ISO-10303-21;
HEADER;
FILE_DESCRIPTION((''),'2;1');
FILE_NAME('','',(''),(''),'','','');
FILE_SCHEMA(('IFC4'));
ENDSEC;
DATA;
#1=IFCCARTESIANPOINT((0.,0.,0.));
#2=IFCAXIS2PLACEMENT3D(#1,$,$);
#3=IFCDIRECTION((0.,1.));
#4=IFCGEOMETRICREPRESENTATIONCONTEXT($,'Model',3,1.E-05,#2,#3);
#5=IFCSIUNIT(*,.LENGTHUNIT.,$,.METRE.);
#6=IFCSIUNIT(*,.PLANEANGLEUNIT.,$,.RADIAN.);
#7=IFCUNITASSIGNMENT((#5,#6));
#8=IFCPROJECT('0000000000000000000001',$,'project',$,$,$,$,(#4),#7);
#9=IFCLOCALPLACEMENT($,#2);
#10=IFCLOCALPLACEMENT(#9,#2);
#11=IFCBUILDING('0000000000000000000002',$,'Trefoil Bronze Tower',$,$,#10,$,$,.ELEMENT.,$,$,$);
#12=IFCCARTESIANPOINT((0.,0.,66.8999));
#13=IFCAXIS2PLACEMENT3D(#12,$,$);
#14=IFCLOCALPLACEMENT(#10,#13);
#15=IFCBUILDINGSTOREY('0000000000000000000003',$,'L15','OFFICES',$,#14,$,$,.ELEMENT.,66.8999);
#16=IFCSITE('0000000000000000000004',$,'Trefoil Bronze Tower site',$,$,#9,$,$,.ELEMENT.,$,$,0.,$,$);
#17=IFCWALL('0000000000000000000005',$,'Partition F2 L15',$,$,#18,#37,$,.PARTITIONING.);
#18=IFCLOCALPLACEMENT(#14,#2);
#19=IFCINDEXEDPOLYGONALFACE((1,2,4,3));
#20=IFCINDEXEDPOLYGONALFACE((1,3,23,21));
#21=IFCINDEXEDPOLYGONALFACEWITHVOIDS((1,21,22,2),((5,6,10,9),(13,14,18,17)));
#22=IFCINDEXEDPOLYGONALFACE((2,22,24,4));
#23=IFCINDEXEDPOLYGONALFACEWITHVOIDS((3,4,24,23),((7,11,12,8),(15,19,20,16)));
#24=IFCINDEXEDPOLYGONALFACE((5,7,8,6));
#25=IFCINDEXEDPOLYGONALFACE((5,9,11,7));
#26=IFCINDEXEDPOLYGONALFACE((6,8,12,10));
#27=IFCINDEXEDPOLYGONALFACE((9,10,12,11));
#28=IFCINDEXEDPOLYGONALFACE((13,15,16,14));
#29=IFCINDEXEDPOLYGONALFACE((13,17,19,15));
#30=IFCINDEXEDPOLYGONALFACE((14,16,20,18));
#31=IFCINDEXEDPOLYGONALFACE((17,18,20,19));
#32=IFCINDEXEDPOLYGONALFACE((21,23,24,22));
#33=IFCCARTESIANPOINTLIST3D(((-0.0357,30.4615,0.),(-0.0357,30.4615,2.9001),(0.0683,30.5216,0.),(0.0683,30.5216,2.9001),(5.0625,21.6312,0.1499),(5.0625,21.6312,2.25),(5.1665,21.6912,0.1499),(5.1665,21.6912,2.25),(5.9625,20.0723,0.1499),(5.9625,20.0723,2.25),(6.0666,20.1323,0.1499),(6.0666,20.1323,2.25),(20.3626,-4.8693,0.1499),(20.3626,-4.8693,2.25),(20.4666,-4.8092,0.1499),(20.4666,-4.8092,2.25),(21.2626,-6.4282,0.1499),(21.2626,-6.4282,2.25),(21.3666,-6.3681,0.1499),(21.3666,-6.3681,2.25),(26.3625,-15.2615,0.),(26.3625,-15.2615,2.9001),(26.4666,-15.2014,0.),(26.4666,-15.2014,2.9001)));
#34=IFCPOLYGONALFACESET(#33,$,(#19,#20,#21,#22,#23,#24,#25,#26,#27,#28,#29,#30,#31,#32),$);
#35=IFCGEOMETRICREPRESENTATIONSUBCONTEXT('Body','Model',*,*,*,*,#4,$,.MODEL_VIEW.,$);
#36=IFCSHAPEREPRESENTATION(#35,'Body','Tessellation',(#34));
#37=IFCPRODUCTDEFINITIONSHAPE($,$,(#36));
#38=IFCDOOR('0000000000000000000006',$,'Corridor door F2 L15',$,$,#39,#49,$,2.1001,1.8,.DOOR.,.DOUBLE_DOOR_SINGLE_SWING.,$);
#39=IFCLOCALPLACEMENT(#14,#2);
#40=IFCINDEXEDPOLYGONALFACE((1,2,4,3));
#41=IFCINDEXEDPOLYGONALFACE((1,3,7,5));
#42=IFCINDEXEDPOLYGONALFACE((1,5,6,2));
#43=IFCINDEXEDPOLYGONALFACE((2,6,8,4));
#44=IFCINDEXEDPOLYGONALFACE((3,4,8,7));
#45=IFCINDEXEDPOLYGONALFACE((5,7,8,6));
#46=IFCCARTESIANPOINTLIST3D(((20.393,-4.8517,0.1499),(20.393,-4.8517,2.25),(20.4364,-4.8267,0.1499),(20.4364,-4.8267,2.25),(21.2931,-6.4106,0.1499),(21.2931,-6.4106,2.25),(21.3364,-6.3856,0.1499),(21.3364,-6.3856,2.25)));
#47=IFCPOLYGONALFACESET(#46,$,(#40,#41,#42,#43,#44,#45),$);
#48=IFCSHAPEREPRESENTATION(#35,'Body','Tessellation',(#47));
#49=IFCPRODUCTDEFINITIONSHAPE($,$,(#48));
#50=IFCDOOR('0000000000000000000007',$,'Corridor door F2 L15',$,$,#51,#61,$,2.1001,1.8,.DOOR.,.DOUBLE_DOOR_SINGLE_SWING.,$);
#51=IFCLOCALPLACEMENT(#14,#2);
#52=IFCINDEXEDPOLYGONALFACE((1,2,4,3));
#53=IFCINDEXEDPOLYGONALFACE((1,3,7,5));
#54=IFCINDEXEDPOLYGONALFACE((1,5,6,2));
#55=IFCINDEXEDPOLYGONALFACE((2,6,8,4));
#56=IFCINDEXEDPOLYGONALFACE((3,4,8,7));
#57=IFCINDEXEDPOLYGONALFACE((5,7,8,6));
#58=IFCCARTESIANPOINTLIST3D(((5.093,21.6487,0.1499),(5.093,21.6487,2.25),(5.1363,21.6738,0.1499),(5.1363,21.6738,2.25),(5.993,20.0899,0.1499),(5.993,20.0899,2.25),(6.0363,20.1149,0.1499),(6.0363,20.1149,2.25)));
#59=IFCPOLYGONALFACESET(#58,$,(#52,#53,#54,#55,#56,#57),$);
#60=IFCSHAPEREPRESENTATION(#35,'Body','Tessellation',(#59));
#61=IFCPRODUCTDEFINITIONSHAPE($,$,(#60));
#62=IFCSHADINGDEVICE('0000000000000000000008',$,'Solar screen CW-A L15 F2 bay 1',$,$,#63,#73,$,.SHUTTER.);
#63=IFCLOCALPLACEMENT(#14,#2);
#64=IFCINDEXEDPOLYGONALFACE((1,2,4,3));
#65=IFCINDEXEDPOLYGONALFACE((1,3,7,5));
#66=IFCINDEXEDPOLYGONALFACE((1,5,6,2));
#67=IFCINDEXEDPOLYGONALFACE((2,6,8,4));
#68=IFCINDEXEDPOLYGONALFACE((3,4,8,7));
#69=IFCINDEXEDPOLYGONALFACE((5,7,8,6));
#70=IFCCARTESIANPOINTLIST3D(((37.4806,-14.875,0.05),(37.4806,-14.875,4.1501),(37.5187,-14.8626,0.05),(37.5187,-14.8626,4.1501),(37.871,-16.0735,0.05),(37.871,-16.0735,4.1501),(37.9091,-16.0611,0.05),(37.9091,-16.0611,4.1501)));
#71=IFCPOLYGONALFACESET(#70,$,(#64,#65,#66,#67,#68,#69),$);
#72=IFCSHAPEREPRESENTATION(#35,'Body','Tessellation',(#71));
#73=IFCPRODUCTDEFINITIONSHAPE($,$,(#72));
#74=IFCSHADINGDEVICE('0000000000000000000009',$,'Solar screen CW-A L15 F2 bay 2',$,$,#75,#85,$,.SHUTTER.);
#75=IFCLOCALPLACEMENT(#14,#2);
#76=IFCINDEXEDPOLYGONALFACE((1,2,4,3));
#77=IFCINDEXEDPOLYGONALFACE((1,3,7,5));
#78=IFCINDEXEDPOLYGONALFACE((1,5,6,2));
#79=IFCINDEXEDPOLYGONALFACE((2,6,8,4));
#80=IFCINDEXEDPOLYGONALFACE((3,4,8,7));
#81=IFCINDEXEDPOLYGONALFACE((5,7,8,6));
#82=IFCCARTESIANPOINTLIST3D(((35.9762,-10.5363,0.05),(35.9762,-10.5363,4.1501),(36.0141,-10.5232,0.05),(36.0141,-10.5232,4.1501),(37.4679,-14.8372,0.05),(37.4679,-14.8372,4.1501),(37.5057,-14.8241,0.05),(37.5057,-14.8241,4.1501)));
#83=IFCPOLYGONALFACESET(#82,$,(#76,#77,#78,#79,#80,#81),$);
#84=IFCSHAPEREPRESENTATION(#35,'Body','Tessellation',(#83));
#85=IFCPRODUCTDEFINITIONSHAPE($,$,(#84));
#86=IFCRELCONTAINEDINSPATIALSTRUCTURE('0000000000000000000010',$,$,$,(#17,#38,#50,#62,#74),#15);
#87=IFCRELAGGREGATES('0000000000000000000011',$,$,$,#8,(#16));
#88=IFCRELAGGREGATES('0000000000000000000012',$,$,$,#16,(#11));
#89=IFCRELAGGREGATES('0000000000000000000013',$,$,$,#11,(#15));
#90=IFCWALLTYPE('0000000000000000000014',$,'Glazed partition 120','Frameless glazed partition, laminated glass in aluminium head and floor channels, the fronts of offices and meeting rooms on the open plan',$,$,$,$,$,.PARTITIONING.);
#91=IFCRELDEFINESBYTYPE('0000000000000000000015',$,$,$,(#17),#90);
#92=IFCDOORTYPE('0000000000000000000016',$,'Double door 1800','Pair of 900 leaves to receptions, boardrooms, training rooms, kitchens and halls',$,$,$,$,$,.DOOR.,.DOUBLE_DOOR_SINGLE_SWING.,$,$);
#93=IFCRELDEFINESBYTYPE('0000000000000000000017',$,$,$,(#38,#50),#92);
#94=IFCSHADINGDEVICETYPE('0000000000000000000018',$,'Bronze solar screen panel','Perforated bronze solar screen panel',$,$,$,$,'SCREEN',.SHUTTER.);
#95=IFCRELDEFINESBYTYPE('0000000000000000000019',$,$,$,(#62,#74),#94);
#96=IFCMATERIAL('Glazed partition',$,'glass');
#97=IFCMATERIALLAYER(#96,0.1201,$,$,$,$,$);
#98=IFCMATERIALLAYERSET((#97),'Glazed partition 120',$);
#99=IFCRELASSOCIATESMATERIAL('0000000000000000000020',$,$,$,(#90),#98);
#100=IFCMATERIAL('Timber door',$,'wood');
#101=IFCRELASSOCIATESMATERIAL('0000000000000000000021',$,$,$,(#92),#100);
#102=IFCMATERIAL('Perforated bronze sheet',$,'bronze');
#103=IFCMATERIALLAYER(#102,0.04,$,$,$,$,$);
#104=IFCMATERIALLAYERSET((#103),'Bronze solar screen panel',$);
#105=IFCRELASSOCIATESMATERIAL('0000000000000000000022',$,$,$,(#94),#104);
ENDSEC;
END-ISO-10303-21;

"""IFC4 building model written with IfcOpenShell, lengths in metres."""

from ifc_helpers import new_model, si_unit, direction, frame, frame_2d, origin, origin_2d, place, context, subcontext, project, spatial, rectangle, extrude, material, layer, layer_set, type_object, element, fill, save


model = new_model("IFC4")

# Units and contexts
model_context = context("Model", 3, precision=1e-05, world=origin(), true_north=direction((0.0, 1.0)))
body_context = subcontext(model_context, "Body", "Model", "MODEL_VIEW")
ifc_project = project(units=[si_unit("LENGTHUNIT", "METRE"), si_unit("PLANEANGLEUNIT", "RADIAN")], contexts=[model_context])

# Site, building, storey
site_placement = place(None, origin())
site = spatial("IfcSite", under=ifc_project, at=site_placement, Name="Trefoil Bronze Tower site", CompositionType="ELEMENT", RefElevation=0.0)
building_placement = place(site_placement, origin())
building = spatial("IfcBuilding", under=site, at=building_placement, Name="Trefoil Bronze Tower", CompositionType="ELEMENT")
storey_placement = place(building_placement, frame((0.0, 0.0, 66.8999)))
storey = spatial("IfcBuildingStorey", under=building, at=storey_placement, Name="L15", Description="OFFICES", CompositionType="ELEMENT", Elevation=66.8999)

# Wall, openings, doors
ifc_material_1 = material(Name="Glazed partition", Category="glass")
ifc_layer_1 = layer(ifc_material_1, 0.1201)
ifc_layer_set_1 = layer_set([ifc_layer_1], Name="Glazed partition 120")
wall_type = type_object("IfcWallType", Name="Glazed partition 120", Description="Frameless glazed partition, laminated glass in aluminium head and floor channels, the fronts of offices and meeting rooms on the open plan", PredefinedType="PARTITIONING", material=ifc_layer_set_1)
wall_placement = place(storey_placement, frame((26.4146, -15.2314, 0.0), z_axis=(0.0, 0.0, 1.0), x_axis=(-0.500001, 0.866025, 0.0)))
wall = element("IfcWall", 1, at=wall_placement, inside=storey, type_object=wall_type, Name="Partition F2 L15", PredefinedType="PARTITIONING", context=body_context, shape_type="SweptSolid", body=[
    extrude(rectangle(XDim=52.7964, YDim=0.1201, at=frame_2d((26.3982, 0.0))), origin(), (0.0, 0.0, 1.0), 2.9001),
])
opening_1_placement = place(wall_placement, frame((10.2, 0.0, 0.1499)))
opening_1 = element("IfcOpeningElement", 2, at=opening_1_placement, cuts=wall, PredefinedType="OPENING", context=body_context, shape_type="SweptSolid", body=[
    extrude(rectangle(XDim=1.8, YDim=2.1001, at=frame_2d((0.8999, 1.05))), frame((0.0, 0.0701, 0.0), z_axis=(0.0, -1.0, 0.0), x_axis=(1.0, 0.0, 0.0)), (0.0, 0.0, 1.0), 0.1401),
])
opening_2_placement = place(wall_placement, frame((40.8, 0.0, 0.1499)))
opening_2 = element("IfcOpeningElement", 3, at=opening_2_placement, cuts=wall, PredefinedType="OPENING", context=body_context, shape_type="SweptSolid", body=[
    extrude(rectangle(XDim=1.8, YDim=2.1001, at=frame_2d((0.8999, 1.05))), frame((0.0, 0.0701, 0.0), z_axis=(0.0, -1.0, 0.0), x_axis=(1.0, 0.0, 0.0)), (0.0, 0.0, 1.0), 0.1401),
])
ifc_material_2 = material(Name="Timber door", Category="wood")
door_type = type_object("IfcDoorType", Name="Double door 1800", Description="Pair of 900 leaves to receptions, boardrooms, training rooms, kitchens and halls", OperationType="DOUBLE_DOOR_SINGLE_SWING", PredefinedType="DOOR", material=ifc_material_2)
door_1_placement = place(opening_1_placement, origin())
door_1 = element("IfcDoor", 4, at=door_1_placement, inside=storey, type_object=door_type, Name="Corridor door F2 L15", OperationType="DOUBLE_DOOR_SINGLE_SWING", OverallHeight=2.1001, OverallWidth=1.8, PredefinedType="DOOR", context=body_context, shape_type="SweptSolid", body=[
    extrude(rectangle(XDim=1.8, YDim=2.1001, at=frame_2d((0.8999, 1.05))), frame((0.0, 0.0249, 0.0), z_axis=(0.0, -1.0, 0.0), x_axis=(1.0, 0.0, 0.0)), (0.0, 0.0, 1.0), 0.05),
])
fill(opening_1, door_1)
door_2_placement = place(opening_2_placement, origin())
door_2 = element("IfcDoor", 5, at=door_2_placement, inside=storey, type_object=door_type, Name="Corridor door F2 L15", OperationType="DOUBLE_DOOR_SINGLE_SWING", OverallHeight=2.1001, OverallWidth=1.8, PredefinedType="DOOR", context=body_context, shape_type="SweptSolid", body=[
    extrude(rectangle(XDim=1.8, YDim=2.1001, at=frame_2d((0.8999, 1.05))), frame((0.0, 0.0249, 0.0), z_axis=(0.0, -1.0, 0.0), x_axis=(1.0, 0.0, 0.0)), (0.0, 0.0, 1.0), 0.05),
])
fill(opening_2, door_2)

# Shading devices
ifc_material_3 = material(Name="Perforated bronze sheet", Category="bronze")
ifc_layer_2 = layer(ifc_material_3, 0.04)
ifc_layer_set_2 = layer_set([ifc_layer_2], Name="Bronze solar screen panel")
shading_device_type = type_object("IfcShadingDeviceType", Name="Bronze solar screen panel", Description="Perforated bronze solar screen panel", ElementType="SCREEN", PredefinedType="SHUTTER", material=ifc_layer_set_2)
shading_device_1_placement = place(storey_placement, frame((37.6948, -15.468, 0.05), z_axis=(0.0, 0.0, 1.0), x_axis=(-0.309728, 0.950825, 0.0)))
element("IfcShadingDevice", 6, at=shading_device_1_placement, inside=storey, type_object=shading_device_type, Name="Solar screen CW-A L15 F2 bay 1", PredefinedType="SHUTTER", context=body_context, shape_type="SweptSolid", body=[
    extrude(rectangle(XDim=1.2605, YDim=0.04, at=origin_2d()), origin(), (0.0, 0.0, 1.0), 4.1001),
])
shading_device_2_placement = place(storey_placement, frame((36.741, -12.6802, 0.05), z_axis=(0.0, 0.0, 1.0), x_axis=(-0.327674, 0.944791, 0.0)))
element("IfcShadingDevice", 7, at=shading_device_2_placement, inside=storey, type_object=shading_device_type, Name="Solar screen CW-A L15 F2 bay 2", PredefinedType="SHUTTER", context=body_context, shape_type="SweptSolid", body=[
    extrude(rectangle(XDim=4.5522, YDim=0.04, at=origin_2d()), origin(), (0.0, 0.0, 1.0), 4.1001),
])

save(model, "model.ifc")
